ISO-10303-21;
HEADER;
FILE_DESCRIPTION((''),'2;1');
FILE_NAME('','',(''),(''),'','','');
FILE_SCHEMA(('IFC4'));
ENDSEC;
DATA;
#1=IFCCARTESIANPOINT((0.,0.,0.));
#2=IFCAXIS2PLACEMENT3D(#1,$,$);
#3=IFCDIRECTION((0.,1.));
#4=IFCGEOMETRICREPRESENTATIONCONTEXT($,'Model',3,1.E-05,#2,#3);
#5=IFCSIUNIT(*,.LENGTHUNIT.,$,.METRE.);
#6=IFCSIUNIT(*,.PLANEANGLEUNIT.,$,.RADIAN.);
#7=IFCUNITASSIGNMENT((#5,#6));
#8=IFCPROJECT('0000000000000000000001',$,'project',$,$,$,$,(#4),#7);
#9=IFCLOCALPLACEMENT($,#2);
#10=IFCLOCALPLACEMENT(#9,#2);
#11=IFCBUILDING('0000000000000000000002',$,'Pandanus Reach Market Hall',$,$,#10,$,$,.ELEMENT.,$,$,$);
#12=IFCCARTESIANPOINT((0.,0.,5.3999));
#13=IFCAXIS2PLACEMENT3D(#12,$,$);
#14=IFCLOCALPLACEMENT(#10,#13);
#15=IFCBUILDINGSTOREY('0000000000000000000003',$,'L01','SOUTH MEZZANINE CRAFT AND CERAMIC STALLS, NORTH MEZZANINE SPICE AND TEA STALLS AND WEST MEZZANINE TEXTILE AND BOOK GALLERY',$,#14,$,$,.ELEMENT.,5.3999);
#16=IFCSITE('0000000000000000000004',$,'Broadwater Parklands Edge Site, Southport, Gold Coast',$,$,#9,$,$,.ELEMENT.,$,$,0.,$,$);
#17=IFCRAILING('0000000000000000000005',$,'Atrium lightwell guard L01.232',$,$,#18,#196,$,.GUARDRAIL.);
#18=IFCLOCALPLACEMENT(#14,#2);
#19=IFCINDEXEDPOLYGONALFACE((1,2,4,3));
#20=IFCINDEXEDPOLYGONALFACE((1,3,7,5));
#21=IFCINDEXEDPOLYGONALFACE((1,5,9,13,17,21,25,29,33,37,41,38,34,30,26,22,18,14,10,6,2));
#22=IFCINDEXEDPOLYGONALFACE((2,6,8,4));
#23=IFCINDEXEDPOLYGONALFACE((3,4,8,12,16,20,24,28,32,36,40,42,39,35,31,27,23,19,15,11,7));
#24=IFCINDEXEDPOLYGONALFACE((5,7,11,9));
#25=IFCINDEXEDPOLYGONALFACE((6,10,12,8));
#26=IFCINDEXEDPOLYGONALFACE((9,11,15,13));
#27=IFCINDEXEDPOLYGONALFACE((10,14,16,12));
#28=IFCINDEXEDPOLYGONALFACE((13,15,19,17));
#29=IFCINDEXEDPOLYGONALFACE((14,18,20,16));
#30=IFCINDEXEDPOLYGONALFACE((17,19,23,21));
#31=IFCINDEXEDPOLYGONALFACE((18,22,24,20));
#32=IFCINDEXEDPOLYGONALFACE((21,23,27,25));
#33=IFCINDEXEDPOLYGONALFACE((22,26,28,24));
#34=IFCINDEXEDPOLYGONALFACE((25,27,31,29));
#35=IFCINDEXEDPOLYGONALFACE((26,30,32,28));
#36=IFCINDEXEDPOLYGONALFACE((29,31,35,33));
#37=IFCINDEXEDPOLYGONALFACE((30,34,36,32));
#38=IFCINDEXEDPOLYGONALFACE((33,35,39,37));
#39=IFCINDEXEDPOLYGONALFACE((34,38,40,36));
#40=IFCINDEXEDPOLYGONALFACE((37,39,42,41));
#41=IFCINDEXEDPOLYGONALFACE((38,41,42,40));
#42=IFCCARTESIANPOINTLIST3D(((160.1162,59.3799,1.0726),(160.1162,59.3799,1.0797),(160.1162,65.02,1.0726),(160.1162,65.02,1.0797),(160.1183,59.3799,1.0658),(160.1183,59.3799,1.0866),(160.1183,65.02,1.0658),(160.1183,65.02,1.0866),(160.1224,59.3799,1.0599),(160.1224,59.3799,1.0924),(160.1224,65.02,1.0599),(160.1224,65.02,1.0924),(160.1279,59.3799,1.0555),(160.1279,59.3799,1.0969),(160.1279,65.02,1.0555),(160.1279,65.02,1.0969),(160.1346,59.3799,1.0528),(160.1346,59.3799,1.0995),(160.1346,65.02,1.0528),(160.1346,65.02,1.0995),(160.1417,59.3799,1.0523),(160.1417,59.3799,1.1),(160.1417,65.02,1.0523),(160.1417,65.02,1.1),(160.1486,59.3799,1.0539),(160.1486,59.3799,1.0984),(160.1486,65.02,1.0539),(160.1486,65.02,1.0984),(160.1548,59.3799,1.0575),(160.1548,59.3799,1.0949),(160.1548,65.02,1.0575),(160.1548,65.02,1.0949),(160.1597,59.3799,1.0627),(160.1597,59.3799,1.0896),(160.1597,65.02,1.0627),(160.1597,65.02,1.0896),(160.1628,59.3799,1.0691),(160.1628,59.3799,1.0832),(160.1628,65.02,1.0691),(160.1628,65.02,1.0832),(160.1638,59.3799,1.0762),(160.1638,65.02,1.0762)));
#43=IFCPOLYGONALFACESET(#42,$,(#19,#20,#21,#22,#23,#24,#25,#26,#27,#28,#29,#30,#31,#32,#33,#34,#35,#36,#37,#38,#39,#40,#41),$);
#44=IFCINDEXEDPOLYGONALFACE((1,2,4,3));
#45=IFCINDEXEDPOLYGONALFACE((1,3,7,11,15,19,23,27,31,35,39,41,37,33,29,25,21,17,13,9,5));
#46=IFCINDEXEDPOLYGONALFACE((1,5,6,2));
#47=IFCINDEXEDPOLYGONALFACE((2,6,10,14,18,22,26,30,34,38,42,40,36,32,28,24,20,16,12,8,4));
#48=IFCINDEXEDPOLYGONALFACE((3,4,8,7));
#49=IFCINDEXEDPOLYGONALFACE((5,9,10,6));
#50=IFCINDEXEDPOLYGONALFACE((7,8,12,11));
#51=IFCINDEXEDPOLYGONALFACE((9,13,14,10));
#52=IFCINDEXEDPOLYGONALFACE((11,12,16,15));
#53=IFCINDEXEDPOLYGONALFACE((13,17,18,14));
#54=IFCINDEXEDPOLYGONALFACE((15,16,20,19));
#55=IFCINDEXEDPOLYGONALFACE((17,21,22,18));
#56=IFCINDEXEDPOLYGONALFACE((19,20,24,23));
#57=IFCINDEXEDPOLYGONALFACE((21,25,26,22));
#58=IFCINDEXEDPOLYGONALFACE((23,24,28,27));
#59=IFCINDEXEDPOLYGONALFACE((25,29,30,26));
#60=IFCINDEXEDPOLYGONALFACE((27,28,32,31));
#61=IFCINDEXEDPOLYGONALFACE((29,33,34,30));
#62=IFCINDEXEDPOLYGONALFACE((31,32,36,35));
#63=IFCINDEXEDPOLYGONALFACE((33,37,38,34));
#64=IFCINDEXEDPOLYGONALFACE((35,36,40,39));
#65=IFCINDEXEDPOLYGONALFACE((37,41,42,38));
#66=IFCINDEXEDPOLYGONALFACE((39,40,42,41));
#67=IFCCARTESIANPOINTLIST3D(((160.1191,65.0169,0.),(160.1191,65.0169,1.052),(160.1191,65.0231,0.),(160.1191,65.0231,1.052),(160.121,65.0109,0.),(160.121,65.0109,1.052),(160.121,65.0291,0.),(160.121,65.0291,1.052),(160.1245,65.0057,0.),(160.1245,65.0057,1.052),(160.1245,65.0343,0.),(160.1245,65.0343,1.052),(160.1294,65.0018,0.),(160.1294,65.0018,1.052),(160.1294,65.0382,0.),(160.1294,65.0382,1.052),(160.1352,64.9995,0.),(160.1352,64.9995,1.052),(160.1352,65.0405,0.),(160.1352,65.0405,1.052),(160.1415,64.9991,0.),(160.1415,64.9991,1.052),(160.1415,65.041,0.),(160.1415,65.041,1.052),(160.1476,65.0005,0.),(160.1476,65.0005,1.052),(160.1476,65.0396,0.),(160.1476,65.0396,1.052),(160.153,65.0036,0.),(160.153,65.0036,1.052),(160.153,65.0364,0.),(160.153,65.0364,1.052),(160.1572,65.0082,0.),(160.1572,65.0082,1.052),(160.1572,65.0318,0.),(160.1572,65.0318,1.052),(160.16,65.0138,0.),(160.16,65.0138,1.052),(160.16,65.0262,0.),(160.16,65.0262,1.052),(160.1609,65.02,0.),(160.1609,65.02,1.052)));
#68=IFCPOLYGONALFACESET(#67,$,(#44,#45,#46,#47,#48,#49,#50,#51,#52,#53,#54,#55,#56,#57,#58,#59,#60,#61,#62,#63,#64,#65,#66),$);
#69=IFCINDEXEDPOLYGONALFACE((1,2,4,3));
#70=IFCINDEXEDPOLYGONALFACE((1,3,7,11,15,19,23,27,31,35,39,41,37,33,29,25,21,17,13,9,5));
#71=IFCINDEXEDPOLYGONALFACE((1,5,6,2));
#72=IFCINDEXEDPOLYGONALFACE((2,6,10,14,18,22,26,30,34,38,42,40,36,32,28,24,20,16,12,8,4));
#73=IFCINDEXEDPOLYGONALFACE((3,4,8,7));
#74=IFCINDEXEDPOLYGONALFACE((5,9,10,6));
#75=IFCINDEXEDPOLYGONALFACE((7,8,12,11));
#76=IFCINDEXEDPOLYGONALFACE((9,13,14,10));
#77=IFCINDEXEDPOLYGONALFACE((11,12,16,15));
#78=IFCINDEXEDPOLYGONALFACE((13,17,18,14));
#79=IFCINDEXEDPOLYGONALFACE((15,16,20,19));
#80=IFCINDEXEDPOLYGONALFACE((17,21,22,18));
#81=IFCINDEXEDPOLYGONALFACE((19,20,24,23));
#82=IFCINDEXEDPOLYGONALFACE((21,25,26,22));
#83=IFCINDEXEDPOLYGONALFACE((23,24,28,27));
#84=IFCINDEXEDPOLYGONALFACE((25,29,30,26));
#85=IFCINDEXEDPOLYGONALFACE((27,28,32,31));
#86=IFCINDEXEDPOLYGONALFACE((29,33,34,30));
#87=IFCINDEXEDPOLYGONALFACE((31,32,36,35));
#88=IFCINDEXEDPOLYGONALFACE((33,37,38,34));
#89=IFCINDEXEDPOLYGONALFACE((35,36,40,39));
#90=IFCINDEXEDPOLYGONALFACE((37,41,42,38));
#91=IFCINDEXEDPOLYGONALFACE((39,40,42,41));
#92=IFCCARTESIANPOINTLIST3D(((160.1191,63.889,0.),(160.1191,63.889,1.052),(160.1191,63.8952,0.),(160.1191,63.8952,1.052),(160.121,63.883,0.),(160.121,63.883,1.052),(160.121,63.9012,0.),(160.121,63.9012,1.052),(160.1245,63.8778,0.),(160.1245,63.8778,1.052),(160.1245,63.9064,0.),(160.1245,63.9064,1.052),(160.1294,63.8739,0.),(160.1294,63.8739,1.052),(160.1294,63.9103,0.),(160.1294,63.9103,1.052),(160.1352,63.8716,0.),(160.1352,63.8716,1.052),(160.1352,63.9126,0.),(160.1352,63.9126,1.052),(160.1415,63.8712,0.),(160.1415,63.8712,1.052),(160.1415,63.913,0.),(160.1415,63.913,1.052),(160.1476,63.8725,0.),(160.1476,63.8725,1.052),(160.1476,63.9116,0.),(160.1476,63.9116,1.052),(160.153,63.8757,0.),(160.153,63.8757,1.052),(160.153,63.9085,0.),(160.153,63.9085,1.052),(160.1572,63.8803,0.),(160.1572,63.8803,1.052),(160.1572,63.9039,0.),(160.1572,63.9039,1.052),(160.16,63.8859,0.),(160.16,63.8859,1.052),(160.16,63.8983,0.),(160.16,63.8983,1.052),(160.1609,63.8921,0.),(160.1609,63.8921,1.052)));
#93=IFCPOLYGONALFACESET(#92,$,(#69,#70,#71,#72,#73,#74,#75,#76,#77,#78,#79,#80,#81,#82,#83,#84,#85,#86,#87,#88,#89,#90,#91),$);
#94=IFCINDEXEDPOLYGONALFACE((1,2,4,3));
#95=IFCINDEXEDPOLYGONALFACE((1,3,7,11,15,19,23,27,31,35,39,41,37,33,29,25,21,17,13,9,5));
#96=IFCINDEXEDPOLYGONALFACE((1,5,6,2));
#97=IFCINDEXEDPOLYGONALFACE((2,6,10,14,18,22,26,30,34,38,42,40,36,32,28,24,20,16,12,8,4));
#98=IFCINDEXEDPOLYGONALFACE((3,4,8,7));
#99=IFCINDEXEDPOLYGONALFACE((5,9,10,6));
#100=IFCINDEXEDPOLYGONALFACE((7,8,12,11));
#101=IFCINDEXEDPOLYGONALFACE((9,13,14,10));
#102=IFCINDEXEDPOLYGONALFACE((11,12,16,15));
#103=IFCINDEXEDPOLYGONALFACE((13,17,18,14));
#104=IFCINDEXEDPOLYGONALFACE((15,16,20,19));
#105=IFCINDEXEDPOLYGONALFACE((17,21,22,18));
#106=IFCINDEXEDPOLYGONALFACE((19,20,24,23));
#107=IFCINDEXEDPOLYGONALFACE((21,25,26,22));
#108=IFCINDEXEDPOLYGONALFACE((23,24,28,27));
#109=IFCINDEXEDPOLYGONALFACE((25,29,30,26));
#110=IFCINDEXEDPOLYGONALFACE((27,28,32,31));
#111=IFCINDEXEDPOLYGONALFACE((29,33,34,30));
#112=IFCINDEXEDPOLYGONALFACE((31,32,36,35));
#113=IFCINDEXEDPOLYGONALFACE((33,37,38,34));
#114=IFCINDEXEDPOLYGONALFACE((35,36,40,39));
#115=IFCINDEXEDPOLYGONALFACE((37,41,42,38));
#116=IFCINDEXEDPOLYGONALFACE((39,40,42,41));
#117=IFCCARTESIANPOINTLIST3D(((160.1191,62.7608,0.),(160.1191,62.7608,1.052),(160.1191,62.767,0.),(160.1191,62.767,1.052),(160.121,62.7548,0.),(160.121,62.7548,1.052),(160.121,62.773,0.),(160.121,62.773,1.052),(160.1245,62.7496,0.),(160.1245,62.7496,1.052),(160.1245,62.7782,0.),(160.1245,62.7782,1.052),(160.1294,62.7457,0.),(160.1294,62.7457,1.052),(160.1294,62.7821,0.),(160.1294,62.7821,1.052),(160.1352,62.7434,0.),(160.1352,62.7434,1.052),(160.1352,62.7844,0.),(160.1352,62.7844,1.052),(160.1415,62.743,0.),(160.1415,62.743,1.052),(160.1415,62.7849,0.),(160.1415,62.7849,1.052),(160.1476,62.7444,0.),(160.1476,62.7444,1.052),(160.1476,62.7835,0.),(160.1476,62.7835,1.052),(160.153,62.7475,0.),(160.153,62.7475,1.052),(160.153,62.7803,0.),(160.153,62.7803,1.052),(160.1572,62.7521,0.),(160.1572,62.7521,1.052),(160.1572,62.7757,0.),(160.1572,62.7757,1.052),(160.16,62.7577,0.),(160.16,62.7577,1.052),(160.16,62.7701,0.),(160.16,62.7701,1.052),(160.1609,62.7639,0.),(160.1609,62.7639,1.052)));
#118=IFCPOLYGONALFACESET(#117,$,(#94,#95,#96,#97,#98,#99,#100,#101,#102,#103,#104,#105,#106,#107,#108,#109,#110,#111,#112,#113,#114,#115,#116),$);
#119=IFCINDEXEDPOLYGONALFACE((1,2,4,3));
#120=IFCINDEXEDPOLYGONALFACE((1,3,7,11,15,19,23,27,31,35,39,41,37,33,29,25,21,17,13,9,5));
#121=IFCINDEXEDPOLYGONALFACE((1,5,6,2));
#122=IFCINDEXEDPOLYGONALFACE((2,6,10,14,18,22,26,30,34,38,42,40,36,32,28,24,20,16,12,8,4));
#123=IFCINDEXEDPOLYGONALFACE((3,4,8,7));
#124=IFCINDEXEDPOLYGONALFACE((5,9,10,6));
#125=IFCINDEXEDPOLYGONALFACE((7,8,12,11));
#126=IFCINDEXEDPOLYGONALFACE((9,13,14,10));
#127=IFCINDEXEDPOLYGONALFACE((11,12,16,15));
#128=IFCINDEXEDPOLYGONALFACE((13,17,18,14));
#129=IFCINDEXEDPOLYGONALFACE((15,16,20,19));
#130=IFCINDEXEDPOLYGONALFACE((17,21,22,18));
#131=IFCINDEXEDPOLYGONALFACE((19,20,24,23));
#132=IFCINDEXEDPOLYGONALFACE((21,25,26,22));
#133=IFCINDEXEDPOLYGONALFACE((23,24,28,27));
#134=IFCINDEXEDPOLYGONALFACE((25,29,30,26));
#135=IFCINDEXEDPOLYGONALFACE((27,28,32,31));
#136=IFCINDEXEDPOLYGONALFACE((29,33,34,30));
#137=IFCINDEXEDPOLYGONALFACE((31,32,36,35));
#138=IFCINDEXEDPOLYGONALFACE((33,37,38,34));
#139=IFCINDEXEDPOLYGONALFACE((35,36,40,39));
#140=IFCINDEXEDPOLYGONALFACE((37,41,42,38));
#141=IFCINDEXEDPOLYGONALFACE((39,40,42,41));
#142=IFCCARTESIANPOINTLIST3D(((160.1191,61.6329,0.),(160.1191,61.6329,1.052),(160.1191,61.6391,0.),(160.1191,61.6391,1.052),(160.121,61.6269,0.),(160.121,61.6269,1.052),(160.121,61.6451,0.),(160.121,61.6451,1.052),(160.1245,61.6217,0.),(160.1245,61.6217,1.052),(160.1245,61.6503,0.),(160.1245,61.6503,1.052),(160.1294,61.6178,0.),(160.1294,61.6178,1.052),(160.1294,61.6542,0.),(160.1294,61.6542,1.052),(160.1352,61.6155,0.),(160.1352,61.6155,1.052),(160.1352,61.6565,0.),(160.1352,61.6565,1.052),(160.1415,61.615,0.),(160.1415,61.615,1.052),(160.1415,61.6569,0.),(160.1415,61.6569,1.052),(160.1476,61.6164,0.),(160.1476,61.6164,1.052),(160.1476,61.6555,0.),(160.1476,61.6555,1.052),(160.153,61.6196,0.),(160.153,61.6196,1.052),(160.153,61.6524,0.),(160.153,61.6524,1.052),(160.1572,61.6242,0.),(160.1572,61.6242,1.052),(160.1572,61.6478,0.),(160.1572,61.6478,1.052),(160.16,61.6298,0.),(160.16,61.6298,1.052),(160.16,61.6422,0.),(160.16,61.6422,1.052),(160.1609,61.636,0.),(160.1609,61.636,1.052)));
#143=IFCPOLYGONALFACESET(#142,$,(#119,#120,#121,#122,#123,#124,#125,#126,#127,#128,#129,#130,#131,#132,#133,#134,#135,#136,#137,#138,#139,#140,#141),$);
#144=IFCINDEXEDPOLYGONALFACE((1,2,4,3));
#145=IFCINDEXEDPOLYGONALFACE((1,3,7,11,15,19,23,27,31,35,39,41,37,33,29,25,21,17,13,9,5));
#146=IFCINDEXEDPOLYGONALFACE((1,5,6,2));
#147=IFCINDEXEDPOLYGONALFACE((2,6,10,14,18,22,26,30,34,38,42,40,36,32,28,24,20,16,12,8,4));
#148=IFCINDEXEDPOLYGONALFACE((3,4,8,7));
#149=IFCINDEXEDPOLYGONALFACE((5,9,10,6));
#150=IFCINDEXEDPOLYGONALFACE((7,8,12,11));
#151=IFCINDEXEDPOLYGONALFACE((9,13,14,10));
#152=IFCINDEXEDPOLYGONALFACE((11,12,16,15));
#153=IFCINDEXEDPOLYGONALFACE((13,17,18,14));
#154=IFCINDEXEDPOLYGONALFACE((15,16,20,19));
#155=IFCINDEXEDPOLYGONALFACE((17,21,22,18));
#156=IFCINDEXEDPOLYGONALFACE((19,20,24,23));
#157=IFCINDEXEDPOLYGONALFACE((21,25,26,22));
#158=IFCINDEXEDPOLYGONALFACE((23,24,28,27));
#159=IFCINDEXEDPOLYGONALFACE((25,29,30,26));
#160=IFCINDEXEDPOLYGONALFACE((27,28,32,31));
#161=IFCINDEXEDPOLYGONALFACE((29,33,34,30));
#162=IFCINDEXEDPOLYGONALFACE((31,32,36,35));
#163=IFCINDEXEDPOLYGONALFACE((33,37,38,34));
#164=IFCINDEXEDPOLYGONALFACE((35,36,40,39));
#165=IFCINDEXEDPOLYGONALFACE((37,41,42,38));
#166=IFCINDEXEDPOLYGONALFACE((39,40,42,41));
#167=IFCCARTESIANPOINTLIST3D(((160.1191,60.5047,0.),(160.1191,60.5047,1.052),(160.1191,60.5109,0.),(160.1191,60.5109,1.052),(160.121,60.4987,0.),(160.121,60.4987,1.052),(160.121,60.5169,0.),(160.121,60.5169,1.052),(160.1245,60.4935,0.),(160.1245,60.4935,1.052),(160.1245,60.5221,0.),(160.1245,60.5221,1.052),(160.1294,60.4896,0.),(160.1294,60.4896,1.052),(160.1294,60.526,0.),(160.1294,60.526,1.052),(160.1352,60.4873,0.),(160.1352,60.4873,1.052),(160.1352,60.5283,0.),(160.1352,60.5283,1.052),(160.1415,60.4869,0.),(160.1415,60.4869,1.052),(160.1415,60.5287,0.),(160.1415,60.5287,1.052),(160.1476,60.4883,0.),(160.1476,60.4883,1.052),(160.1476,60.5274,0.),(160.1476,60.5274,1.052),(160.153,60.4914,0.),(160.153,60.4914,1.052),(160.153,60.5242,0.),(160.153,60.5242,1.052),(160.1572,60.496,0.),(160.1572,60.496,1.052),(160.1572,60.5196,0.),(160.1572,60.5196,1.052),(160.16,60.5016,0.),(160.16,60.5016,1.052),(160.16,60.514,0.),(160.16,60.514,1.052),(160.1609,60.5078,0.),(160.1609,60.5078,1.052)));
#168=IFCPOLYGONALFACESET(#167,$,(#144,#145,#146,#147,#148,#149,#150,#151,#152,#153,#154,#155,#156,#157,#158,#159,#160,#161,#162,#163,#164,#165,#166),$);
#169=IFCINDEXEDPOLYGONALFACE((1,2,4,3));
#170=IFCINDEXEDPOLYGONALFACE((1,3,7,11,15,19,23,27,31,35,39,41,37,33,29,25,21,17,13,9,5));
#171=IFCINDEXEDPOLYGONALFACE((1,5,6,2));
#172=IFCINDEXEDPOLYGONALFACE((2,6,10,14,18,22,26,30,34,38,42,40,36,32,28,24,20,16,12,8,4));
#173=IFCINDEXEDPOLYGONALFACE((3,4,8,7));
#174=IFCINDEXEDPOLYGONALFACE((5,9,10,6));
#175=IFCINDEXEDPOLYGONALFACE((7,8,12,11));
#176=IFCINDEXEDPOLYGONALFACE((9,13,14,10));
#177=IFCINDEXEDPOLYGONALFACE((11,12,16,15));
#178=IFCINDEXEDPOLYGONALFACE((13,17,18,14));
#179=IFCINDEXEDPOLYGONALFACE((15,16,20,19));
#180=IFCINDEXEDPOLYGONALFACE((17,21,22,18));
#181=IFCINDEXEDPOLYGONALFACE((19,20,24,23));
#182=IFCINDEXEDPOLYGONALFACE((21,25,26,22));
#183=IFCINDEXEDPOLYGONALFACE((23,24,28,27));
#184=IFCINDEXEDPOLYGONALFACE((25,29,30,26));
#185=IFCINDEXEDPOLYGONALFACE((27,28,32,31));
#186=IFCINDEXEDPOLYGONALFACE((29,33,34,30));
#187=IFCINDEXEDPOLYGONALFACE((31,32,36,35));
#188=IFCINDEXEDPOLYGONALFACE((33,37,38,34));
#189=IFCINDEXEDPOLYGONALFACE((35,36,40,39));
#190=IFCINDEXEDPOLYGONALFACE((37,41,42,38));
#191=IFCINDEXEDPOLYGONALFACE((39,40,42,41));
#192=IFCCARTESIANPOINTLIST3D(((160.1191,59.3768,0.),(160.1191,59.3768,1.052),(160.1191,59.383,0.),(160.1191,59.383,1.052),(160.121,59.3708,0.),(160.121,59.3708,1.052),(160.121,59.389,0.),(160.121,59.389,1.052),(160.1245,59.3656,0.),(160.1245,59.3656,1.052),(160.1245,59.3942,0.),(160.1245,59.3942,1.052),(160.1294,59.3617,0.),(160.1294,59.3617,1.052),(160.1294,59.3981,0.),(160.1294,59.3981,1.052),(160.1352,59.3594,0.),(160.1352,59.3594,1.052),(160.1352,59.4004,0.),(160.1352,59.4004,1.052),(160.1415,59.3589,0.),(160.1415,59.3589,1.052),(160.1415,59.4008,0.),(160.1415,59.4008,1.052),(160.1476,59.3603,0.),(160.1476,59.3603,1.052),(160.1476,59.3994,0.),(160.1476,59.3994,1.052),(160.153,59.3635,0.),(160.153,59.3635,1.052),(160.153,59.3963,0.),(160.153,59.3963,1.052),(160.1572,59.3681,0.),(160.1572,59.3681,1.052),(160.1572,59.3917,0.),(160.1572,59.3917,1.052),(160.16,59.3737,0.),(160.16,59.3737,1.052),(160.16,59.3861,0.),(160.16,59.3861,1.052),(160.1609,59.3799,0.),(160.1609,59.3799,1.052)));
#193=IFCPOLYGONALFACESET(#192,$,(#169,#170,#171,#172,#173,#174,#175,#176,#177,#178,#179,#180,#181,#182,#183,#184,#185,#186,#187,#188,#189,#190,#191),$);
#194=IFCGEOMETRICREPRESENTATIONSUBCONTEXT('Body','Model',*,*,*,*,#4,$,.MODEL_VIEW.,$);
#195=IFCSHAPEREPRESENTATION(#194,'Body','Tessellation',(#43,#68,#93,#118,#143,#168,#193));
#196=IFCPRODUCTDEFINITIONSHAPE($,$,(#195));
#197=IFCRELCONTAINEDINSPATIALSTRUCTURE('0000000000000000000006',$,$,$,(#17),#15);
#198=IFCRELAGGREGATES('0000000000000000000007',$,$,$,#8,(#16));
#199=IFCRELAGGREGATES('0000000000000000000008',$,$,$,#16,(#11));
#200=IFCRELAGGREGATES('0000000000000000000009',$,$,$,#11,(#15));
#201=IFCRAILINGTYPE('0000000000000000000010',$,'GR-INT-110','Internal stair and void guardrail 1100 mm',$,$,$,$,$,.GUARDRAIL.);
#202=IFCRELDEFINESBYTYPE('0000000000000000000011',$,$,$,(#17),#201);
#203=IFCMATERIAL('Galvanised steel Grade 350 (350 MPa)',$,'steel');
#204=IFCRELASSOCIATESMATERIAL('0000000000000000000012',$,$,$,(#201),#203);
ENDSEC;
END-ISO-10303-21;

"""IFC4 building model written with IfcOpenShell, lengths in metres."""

from ifc_helpers import new_model, si_unit, direction, frame, origin, origin_2d, place, context, subcontext, project, spatial, circle, extrude, material, type_object, element, save


model = new_model("IFC4")

# Units and contexts
model_context = context("Model", 3, precision=1e-05, world=origin(), true_north=direction((0.0, 1.0)))
body_context = subcontext(model_context, "Body", "Model", "MODEL_VIEW")
ifc_project = project(units=[si_unit("LENGTHUNIT", "METRE"), si_unit("PLANEANGLEUNIT", "RADIAN")], contexts=[model_context])

# Site, building, storey
site_placement = place(None, origin())
site = spatial("IfcSite", under=ifc_project, at=site_placement, Name="Broadwater Parklands Edge Site, Southport, Gold Coast", CompositionType="ELEMENT", RefElevation=0.0)
building_placement = place(site_placement, origin())
building = spatial("IfcBuilding", under=site, at=building_placement, Name="Pandanus Reach Market Hall", CompositionType="ELEMENT")
storey_placement = place(building_placement, frame((0.0, 0.0, 5.3999)))
storey = spatial("IfcBuildingStorey", under=building, at=storey_placement, Name="L01", Description="SOUTH MEZZANINE CRAFT AND CERAMIC STALLS, NORTH MEZZANINE SPICE AND TEA STALLS AND WEST MEZZANINE TEXTILE AND BOOK GALLERY", CompositionType="ELEMENT", Elevation=5.3999)

# Railing
ifc_material_1 = material(Name="Galvanised steel Grade 350 (350 MPa)", Category="steel")
railing_type = type_object("IfcRailingType", Name="GR-INT-110", Description="Internal stair and void guardrail 1100 mm", PredefinedType="GUARDRAIL", material=ifc_material_1)
railing_1_placement = place(storey_placement, frame((160.1399, 65.02, 0.0)))
element("IfcRailing", 1, at=railing_1_placement, inside=storey, type_object=railing_type, Name="Atrium lightwell guard L01.232", PredefinedType="GUARDRAIL", context=body_context, shape_type="SweptSolid", body=[
    extrude(circle(Radius=0.0239, at=origin_2d()), frame((0.0, 0.0, 1.0762), z_axis=(0.0, -1.0, 0.0), x_axis=(1.0, 0.0, 0.0)), (0.0, 0.0, 1.0), 5.6401),
    extrude(circle(Radius=0.021, at=origin_2d()), origin(), (0.0, 0.0, 1.0), 1.052),
    extrude(circle(Radius=0.021, at=origin_2d()), frame((0.0, -1.1279, 0.0)), (0.0, 0.0, 1.0), 1.052),
    extrude(circle(Radius=0.021, at=origin_2d()), frame((0.0, -2.2561, 0.0)), (0.0, 0.0, 1.0), 1.052),
    extrude(circle(Radius=0.021, at=origin_2d()), frame((0.0, -3.384, 0.0)), (0.0, 0.0, 1.0), 1.052),
    extrude(circle(Radius=0.021, at=origin_2d()), frame((0.0, -4.5122, 0.0)), (0.0, 0.0, 1.0), 1.052),
    extrude(circle(Radius=0.021, at=origin_2d()), frame((0.0, -5.6401, 0.0)), (0.0, 0.0, 1.0), 1.052),
])

save(model, "model.ifc")
